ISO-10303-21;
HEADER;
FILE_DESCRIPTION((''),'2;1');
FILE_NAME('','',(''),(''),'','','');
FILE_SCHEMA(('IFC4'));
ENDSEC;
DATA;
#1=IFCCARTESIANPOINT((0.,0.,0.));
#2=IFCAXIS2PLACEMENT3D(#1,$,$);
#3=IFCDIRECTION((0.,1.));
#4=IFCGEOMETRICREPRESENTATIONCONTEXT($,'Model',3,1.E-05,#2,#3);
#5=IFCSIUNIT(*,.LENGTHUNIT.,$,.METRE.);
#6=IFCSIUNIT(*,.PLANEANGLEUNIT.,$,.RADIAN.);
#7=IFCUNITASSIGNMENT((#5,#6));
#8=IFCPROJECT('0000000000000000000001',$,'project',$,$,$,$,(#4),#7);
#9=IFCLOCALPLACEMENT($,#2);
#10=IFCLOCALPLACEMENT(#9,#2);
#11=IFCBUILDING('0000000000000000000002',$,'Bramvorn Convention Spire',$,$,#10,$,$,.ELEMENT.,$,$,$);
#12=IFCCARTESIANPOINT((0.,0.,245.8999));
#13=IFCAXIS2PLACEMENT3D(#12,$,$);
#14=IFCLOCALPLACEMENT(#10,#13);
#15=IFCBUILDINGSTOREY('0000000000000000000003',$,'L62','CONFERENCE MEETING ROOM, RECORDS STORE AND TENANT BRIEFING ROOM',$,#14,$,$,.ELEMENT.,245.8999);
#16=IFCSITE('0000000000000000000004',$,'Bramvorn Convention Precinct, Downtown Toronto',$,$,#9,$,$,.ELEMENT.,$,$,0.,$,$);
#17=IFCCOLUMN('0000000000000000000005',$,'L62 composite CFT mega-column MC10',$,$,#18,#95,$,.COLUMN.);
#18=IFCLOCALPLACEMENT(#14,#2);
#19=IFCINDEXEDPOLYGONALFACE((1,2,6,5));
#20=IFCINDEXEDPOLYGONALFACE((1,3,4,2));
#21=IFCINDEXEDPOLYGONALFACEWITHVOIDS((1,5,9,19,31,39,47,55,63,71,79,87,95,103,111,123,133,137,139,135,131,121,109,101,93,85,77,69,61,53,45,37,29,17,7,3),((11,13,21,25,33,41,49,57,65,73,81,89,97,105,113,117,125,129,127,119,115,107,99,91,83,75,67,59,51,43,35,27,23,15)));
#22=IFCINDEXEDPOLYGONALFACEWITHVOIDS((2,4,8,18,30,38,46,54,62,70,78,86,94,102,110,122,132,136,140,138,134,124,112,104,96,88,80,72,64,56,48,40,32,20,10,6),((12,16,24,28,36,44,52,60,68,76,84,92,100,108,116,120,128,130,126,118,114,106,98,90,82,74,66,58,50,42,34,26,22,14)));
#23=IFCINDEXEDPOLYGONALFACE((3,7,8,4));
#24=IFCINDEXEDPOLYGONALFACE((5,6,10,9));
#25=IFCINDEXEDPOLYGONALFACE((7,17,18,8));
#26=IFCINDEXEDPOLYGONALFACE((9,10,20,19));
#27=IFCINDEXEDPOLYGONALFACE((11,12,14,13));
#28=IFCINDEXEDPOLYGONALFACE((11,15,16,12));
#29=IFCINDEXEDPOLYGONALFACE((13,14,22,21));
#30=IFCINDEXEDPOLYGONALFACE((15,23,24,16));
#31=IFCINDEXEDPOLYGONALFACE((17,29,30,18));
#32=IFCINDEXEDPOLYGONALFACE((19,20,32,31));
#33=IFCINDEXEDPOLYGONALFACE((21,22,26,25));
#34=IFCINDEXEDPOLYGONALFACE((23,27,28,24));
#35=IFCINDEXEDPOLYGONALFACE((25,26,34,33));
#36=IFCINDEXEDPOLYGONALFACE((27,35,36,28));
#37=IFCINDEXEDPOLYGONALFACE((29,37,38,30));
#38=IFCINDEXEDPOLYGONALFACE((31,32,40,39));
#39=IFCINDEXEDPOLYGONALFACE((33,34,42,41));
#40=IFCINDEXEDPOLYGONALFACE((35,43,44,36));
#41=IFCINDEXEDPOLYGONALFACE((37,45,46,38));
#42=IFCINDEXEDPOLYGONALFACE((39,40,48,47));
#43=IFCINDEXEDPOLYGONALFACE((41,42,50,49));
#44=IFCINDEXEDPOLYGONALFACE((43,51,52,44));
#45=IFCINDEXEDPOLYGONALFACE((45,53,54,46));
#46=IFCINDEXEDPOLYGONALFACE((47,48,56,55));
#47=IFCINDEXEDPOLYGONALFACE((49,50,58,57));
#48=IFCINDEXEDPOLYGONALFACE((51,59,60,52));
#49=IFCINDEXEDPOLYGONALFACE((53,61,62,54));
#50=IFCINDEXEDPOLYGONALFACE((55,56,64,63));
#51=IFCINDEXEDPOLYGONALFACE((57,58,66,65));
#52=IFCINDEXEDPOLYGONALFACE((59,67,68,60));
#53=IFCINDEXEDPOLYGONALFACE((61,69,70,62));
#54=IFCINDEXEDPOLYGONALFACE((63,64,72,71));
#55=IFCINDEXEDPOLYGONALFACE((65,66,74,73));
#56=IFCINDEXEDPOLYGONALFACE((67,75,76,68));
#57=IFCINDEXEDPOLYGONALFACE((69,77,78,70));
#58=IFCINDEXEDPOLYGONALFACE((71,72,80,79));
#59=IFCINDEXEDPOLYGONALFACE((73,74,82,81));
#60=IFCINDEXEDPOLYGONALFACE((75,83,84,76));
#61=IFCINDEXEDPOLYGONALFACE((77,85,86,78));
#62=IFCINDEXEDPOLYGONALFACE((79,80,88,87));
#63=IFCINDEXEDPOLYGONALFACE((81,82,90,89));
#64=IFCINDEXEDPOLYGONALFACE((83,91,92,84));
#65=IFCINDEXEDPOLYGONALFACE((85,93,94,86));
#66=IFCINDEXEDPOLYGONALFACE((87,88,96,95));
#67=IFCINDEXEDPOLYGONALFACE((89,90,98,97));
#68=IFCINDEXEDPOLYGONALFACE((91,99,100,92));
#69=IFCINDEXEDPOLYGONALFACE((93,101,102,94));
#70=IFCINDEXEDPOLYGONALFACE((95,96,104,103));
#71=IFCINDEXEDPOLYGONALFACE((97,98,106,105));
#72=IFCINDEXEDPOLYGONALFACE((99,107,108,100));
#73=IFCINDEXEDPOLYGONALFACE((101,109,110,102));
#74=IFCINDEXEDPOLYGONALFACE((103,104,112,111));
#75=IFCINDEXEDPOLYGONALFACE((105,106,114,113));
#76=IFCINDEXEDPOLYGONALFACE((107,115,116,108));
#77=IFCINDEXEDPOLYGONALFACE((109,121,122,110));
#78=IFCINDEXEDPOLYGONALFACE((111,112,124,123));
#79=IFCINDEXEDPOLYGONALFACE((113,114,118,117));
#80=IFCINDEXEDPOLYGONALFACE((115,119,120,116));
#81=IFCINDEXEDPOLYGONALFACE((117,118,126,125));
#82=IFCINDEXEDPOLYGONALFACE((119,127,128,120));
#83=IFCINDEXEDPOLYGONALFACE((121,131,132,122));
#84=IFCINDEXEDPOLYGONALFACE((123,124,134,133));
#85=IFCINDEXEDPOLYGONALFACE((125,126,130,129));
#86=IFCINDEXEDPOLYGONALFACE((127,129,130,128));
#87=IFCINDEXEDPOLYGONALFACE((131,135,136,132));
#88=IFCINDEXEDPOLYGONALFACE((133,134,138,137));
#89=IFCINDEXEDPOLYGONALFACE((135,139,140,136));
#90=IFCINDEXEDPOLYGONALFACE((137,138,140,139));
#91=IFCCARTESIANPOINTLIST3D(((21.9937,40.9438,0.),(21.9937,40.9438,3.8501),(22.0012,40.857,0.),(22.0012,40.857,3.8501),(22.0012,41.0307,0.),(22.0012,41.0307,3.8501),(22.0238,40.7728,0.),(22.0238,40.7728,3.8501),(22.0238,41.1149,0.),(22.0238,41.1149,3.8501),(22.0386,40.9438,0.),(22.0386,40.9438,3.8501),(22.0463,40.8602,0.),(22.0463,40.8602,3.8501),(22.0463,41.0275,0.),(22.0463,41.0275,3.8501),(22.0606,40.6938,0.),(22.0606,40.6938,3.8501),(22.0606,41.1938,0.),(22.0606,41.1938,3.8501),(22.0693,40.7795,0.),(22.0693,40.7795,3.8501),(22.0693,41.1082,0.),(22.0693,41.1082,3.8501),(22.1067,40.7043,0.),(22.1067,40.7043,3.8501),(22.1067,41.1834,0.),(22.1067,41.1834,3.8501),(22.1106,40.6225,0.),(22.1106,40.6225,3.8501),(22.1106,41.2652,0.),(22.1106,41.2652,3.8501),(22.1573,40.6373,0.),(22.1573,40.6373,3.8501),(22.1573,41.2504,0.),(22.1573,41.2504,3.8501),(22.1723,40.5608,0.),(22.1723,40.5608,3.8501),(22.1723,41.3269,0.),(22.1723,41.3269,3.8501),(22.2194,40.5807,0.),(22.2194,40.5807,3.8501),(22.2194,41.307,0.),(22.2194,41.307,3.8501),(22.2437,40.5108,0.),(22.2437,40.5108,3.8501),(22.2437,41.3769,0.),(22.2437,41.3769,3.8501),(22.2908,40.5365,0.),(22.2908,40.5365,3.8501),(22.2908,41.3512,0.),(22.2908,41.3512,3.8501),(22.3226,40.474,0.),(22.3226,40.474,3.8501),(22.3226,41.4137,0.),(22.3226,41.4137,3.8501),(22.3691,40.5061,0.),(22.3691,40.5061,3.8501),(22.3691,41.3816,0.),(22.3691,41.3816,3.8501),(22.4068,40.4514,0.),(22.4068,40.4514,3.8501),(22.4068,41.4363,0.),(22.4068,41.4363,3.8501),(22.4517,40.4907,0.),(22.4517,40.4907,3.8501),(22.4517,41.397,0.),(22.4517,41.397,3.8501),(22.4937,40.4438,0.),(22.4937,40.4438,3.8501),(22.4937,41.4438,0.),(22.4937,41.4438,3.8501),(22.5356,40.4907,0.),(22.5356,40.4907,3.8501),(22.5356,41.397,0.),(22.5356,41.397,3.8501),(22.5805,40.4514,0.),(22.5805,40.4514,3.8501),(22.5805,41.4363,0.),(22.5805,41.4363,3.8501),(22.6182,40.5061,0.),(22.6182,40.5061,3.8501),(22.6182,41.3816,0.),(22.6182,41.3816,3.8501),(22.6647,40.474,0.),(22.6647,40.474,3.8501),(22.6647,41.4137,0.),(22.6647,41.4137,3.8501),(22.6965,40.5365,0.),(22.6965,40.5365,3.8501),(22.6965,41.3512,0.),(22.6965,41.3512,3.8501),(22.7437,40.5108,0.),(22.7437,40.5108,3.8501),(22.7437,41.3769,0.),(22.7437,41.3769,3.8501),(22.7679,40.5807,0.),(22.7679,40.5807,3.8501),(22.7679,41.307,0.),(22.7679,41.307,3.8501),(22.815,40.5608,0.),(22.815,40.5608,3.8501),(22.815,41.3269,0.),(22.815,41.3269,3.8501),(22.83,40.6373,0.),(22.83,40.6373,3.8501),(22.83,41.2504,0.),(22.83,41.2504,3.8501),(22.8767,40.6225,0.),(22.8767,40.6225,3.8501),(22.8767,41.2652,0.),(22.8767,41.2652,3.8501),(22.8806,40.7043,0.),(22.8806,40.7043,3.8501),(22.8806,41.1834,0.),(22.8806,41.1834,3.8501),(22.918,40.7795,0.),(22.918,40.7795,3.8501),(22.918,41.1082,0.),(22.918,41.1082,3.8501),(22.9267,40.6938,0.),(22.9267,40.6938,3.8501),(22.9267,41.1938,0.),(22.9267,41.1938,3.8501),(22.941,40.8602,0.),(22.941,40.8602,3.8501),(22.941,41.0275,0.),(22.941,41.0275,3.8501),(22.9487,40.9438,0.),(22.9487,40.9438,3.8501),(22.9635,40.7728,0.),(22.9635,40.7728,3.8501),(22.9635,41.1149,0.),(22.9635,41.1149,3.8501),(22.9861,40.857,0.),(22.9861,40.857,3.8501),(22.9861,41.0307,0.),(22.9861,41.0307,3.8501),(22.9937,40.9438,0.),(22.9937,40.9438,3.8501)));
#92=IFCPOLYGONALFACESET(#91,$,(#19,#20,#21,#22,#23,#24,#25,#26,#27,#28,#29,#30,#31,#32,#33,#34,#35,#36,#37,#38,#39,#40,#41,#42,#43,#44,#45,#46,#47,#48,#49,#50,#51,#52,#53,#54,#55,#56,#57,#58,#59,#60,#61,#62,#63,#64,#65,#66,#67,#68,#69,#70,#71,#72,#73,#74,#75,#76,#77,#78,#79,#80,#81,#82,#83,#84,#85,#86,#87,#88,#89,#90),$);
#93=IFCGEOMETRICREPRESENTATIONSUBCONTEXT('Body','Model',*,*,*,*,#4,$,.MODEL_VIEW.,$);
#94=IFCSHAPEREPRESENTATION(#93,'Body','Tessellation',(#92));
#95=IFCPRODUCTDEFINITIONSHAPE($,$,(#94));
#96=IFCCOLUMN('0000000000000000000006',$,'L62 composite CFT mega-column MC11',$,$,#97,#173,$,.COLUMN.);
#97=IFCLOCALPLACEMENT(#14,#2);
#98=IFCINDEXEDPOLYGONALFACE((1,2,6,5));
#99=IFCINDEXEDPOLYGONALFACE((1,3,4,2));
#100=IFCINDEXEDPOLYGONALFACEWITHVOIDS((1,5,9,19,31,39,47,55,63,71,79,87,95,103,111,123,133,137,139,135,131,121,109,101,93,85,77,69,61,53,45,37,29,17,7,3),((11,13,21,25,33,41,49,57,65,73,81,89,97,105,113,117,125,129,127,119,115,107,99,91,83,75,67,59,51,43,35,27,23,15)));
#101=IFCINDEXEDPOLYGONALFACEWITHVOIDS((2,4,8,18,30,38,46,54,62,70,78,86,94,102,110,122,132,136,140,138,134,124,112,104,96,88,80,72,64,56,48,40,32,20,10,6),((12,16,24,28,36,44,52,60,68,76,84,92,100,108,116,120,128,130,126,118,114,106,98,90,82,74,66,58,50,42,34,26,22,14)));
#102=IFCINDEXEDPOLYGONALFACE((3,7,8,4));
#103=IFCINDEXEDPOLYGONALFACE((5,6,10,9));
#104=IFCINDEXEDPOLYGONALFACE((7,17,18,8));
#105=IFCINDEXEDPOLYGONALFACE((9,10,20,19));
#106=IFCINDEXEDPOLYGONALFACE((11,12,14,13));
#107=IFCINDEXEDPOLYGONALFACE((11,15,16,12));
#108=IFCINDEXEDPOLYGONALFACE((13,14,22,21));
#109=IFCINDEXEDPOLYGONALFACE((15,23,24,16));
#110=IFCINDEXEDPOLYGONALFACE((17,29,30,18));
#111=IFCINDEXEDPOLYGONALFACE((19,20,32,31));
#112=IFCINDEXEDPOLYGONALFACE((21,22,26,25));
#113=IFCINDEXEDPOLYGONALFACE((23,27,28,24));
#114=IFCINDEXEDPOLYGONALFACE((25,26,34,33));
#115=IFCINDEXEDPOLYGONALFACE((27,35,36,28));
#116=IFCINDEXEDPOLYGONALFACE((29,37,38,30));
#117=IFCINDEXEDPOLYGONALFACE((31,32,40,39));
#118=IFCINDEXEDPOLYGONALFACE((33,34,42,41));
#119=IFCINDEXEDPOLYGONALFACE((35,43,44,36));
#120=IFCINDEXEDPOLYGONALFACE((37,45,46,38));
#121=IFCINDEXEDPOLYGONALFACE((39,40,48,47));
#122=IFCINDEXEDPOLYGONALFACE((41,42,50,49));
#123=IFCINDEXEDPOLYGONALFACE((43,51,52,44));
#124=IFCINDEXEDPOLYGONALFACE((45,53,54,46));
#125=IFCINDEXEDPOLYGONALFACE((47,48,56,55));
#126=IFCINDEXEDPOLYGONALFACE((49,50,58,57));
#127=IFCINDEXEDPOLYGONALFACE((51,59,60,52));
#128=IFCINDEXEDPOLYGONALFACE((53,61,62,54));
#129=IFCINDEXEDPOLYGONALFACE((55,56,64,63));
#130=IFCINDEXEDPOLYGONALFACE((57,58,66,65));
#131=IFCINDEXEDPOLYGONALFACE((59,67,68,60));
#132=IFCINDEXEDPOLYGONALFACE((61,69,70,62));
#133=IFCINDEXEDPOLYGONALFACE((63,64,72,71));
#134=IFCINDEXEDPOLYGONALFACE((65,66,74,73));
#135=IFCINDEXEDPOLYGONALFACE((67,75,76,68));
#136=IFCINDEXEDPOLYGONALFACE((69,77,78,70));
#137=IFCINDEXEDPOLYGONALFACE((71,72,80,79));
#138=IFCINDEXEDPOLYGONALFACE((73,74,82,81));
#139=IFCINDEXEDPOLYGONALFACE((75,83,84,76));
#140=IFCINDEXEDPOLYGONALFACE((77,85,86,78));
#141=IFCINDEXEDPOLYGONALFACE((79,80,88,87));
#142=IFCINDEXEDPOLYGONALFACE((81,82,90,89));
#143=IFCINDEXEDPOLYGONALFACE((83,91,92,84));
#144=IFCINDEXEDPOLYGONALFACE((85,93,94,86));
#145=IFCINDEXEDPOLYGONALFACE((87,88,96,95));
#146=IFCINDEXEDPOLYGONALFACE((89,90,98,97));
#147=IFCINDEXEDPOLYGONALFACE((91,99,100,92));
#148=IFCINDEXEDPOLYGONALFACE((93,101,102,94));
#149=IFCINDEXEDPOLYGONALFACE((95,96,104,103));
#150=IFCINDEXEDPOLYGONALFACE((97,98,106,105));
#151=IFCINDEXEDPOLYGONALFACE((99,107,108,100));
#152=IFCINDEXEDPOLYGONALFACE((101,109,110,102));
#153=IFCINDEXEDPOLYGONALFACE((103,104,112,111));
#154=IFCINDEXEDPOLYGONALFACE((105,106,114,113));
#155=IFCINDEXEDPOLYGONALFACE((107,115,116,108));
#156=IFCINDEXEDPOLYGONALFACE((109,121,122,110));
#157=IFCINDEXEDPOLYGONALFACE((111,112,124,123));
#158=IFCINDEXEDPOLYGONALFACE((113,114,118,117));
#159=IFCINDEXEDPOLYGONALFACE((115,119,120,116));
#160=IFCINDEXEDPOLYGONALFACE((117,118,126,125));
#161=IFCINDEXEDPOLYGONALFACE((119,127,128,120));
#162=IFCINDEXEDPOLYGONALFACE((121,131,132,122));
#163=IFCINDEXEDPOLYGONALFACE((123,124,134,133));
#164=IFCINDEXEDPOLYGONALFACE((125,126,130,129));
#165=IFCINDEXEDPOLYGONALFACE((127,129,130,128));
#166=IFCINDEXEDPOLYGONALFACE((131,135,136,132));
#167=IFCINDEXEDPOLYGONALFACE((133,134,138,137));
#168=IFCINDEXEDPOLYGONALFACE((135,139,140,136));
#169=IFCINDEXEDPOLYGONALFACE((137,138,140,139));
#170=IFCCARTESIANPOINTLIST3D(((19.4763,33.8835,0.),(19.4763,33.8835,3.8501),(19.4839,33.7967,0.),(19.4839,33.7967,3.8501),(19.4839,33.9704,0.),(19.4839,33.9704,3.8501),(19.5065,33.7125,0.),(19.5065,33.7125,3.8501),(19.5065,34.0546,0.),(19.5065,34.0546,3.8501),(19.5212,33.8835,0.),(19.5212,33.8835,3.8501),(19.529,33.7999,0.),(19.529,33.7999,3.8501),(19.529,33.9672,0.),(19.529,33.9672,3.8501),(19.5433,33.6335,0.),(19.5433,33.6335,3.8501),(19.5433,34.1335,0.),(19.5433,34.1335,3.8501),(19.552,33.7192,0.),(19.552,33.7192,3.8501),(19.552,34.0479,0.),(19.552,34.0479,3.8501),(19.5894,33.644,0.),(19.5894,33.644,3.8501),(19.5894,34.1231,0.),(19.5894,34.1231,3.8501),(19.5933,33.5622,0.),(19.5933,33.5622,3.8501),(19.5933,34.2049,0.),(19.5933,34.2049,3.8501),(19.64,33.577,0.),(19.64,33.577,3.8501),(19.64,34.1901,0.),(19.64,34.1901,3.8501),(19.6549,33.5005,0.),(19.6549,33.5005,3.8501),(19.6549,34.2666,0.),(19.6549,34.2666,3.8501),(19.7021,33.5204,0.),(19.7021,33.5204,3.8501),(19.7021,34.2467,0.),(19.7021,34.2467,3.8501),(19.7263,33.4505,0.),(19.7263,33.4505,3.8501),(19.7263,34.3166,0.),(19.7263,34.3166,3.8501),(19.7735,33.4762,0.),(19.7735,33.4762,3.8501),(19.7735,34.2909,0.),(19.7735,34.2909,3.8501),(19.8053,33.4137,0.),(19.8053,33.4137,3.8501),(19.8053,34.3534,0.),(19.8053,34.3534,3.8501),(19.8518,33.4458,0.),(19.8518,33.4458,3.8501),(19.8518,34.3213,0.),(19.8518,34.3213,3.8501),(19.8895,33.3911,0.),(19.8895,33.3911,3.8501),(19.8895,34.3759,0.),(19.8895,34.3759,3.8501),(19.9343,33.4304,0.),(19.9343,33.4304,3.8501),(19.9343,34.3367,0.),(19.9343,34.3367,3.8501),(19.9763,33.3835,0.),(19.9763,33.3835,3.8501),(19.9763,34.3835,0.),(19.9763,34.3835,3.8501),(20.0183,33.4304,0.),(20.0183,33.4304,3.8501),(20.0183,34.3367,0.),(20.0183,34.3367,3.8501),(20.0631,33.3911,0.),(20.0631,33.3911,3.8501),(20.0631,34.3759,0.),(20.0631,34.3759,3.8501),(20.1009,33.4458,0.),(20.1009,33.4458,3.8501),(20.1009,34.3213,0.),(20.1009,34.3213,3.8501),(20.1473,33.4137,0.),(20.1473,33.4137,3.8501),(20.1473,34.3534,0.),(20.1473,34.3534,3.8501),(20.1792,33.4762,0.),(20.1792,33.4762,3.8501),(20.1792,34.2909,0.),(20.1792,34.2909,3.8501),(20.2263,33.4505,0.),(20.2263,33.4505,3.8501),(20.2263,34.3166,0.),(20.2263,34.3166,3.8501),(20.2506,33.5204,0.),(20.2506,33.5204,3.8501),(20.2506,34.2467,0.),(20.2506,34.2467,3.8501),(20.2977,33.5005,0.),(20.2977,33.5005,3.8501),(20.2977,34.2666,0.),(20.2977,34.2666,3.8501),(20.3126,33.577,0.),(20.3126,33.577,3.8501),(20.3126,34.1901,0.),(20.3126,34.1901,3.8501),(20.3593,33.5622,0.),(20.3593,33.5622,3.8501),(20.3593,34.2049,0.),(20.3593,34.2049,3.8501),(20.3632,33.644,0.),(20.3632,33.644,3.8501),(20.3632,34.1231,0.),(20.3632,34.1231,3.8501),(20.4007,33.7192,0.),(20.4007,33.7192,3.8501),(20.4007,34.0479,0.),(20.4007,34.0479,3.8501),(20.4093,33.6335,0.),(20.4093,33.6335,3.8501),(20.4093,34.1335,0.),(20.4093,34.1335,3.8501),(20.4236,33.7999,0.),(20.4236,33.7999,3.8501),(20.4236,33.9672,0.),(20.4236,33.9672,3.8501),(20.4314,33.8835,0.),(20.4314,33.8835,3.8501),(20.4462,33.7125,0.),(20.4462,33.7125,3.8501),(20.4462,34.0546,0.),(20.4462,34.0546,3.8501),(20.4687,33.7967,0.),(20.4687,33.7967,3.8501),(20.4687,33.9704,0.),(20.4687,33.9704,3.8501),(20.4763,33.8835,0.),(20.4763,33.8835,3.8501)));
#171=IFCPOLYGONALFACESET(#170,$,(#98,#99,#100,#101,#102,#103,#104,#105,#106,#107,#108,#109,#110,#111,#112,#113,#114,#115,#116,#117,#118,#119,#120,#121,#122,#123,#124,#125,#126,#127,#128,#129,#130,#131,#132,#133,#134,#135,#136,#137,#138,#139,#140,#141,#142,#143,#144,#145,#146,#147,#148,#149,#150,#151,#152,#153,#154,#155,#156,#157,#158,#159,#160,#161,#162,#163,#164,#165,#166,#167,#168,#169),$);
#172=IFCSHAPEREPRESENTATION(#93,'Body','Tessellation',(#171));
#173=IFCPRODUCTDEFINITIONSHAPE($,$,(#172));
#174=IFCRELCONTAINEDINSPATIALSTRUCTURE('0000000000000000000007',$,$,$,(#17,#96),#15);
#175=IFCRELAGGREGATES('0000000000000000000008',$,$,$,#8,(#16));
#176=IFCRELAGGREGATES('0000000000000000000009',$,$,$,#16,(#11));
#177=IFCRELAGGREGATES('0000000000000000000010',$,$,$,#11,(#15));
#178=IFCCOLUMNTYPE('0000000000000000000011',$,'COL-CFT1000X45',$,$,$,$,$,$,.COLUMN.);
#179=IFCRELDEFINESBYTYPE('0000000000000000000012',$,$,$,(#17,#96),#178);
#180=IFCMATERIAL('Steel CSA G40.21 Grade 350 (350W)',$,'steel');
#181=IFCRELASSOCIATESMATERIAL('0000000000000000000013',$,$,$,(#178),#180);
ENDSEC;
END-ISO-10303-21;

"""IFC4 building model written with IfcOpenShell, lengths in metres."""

from ifc_helpers import new_model, si_unit, direction, frame, origin, origin_2d, place, context, subcontext, project, spatial, hollow_circle, extrude, material, material_profile, profile_set, type_object, element, save


model = new_model("IFC4")

# Units and contexts
model_context = context("Model", 3, precision=1e-05, world=origin(), true_north=direction((0.0, 1.0)))
body_context = subcontext(model_context, "Body", "Model", "MODEL_VIEW")
ifc_project = project(units=[si_unit("LENGTHUNIT", "METRE"), si_unit("PLANEANGLEUNIT", "RADIAN")], contexts=[model_context])

# Site, building, storey
site_placement = place(None, origin())
site = spatial("IfcSite", under=ifc_project, at=site_placement, Name="Bramvorn Convention Precinct, Downtown Toronto", CompositionType="ELEMENT", RefElevation=0.0)
building_placement = place(site_placement, origin())
building = spatial("IfcBuilding", under=site, at=building_placement, Name="Bramvorn Convention Spire", CompositionType="ELEMENT")
storey_placement = place(building_placement, frame((0.0, 0.0, 245.8999)))
storey = spatial("IfcBuildingStorey", under=building, at=storey_placement, Name="L62", Description="CONFERENCE MEETING ROOM, RECORDS STORE AND TENANT BRIEFING ROOM", CompositionType="ELEMENT", Elevation=245.8999)

# Columns
ifc_material_1 = material(Name="Steel CSA G40.21 Grade 350 (350W)", Category="steel")
ifc_material_profile_1 = material_profile(ifc_material_1, hollow_circle(Radius=0.5, WallThickness=0.0449, at=origin_2d()))
ifc_profile_set_1 = profile_set([ifc_material_profile_1], Name="Steel CSA G40.21 Grade 350 (350W) - CFT1000X45")
column_type = type_object("IfcColumnType", Name="COL-CFT1000X45", PredefinedType="COLUMN", material=ifc_profile_set_1)
for number, where, z_axis, x_axis, name in (
    (1, (22.4937, 40.9438, 0.0), (0.0, 0.0, 1.0), (1.0, 0.0, 0.0), "L62 composite CFT mega-column MC10"),
    (2, (19.9763, 33.8835, 0.0), (0.0, 0.0, 1.0), (1.0, 0.0, 0.0), "L62 composite CFT mega-column MC11"),
):
    element("IfcColumn", number, at=place(storey_placement, frame(where, z_axis=z_axis, x_axis=x_axis)), inside=storey, type_object=column_type, Name=name, PredefinedType="COLUMN", context=body_context, shape_type="SweptSolid", body=[
        extrude(hollow_circle(Radius=0.5, WallThickness=0.0449, at=origin_2d()), origin(), (0.0, 0.0, 1.0), 3.8501),
    ])

save(model, "model.ifc")
